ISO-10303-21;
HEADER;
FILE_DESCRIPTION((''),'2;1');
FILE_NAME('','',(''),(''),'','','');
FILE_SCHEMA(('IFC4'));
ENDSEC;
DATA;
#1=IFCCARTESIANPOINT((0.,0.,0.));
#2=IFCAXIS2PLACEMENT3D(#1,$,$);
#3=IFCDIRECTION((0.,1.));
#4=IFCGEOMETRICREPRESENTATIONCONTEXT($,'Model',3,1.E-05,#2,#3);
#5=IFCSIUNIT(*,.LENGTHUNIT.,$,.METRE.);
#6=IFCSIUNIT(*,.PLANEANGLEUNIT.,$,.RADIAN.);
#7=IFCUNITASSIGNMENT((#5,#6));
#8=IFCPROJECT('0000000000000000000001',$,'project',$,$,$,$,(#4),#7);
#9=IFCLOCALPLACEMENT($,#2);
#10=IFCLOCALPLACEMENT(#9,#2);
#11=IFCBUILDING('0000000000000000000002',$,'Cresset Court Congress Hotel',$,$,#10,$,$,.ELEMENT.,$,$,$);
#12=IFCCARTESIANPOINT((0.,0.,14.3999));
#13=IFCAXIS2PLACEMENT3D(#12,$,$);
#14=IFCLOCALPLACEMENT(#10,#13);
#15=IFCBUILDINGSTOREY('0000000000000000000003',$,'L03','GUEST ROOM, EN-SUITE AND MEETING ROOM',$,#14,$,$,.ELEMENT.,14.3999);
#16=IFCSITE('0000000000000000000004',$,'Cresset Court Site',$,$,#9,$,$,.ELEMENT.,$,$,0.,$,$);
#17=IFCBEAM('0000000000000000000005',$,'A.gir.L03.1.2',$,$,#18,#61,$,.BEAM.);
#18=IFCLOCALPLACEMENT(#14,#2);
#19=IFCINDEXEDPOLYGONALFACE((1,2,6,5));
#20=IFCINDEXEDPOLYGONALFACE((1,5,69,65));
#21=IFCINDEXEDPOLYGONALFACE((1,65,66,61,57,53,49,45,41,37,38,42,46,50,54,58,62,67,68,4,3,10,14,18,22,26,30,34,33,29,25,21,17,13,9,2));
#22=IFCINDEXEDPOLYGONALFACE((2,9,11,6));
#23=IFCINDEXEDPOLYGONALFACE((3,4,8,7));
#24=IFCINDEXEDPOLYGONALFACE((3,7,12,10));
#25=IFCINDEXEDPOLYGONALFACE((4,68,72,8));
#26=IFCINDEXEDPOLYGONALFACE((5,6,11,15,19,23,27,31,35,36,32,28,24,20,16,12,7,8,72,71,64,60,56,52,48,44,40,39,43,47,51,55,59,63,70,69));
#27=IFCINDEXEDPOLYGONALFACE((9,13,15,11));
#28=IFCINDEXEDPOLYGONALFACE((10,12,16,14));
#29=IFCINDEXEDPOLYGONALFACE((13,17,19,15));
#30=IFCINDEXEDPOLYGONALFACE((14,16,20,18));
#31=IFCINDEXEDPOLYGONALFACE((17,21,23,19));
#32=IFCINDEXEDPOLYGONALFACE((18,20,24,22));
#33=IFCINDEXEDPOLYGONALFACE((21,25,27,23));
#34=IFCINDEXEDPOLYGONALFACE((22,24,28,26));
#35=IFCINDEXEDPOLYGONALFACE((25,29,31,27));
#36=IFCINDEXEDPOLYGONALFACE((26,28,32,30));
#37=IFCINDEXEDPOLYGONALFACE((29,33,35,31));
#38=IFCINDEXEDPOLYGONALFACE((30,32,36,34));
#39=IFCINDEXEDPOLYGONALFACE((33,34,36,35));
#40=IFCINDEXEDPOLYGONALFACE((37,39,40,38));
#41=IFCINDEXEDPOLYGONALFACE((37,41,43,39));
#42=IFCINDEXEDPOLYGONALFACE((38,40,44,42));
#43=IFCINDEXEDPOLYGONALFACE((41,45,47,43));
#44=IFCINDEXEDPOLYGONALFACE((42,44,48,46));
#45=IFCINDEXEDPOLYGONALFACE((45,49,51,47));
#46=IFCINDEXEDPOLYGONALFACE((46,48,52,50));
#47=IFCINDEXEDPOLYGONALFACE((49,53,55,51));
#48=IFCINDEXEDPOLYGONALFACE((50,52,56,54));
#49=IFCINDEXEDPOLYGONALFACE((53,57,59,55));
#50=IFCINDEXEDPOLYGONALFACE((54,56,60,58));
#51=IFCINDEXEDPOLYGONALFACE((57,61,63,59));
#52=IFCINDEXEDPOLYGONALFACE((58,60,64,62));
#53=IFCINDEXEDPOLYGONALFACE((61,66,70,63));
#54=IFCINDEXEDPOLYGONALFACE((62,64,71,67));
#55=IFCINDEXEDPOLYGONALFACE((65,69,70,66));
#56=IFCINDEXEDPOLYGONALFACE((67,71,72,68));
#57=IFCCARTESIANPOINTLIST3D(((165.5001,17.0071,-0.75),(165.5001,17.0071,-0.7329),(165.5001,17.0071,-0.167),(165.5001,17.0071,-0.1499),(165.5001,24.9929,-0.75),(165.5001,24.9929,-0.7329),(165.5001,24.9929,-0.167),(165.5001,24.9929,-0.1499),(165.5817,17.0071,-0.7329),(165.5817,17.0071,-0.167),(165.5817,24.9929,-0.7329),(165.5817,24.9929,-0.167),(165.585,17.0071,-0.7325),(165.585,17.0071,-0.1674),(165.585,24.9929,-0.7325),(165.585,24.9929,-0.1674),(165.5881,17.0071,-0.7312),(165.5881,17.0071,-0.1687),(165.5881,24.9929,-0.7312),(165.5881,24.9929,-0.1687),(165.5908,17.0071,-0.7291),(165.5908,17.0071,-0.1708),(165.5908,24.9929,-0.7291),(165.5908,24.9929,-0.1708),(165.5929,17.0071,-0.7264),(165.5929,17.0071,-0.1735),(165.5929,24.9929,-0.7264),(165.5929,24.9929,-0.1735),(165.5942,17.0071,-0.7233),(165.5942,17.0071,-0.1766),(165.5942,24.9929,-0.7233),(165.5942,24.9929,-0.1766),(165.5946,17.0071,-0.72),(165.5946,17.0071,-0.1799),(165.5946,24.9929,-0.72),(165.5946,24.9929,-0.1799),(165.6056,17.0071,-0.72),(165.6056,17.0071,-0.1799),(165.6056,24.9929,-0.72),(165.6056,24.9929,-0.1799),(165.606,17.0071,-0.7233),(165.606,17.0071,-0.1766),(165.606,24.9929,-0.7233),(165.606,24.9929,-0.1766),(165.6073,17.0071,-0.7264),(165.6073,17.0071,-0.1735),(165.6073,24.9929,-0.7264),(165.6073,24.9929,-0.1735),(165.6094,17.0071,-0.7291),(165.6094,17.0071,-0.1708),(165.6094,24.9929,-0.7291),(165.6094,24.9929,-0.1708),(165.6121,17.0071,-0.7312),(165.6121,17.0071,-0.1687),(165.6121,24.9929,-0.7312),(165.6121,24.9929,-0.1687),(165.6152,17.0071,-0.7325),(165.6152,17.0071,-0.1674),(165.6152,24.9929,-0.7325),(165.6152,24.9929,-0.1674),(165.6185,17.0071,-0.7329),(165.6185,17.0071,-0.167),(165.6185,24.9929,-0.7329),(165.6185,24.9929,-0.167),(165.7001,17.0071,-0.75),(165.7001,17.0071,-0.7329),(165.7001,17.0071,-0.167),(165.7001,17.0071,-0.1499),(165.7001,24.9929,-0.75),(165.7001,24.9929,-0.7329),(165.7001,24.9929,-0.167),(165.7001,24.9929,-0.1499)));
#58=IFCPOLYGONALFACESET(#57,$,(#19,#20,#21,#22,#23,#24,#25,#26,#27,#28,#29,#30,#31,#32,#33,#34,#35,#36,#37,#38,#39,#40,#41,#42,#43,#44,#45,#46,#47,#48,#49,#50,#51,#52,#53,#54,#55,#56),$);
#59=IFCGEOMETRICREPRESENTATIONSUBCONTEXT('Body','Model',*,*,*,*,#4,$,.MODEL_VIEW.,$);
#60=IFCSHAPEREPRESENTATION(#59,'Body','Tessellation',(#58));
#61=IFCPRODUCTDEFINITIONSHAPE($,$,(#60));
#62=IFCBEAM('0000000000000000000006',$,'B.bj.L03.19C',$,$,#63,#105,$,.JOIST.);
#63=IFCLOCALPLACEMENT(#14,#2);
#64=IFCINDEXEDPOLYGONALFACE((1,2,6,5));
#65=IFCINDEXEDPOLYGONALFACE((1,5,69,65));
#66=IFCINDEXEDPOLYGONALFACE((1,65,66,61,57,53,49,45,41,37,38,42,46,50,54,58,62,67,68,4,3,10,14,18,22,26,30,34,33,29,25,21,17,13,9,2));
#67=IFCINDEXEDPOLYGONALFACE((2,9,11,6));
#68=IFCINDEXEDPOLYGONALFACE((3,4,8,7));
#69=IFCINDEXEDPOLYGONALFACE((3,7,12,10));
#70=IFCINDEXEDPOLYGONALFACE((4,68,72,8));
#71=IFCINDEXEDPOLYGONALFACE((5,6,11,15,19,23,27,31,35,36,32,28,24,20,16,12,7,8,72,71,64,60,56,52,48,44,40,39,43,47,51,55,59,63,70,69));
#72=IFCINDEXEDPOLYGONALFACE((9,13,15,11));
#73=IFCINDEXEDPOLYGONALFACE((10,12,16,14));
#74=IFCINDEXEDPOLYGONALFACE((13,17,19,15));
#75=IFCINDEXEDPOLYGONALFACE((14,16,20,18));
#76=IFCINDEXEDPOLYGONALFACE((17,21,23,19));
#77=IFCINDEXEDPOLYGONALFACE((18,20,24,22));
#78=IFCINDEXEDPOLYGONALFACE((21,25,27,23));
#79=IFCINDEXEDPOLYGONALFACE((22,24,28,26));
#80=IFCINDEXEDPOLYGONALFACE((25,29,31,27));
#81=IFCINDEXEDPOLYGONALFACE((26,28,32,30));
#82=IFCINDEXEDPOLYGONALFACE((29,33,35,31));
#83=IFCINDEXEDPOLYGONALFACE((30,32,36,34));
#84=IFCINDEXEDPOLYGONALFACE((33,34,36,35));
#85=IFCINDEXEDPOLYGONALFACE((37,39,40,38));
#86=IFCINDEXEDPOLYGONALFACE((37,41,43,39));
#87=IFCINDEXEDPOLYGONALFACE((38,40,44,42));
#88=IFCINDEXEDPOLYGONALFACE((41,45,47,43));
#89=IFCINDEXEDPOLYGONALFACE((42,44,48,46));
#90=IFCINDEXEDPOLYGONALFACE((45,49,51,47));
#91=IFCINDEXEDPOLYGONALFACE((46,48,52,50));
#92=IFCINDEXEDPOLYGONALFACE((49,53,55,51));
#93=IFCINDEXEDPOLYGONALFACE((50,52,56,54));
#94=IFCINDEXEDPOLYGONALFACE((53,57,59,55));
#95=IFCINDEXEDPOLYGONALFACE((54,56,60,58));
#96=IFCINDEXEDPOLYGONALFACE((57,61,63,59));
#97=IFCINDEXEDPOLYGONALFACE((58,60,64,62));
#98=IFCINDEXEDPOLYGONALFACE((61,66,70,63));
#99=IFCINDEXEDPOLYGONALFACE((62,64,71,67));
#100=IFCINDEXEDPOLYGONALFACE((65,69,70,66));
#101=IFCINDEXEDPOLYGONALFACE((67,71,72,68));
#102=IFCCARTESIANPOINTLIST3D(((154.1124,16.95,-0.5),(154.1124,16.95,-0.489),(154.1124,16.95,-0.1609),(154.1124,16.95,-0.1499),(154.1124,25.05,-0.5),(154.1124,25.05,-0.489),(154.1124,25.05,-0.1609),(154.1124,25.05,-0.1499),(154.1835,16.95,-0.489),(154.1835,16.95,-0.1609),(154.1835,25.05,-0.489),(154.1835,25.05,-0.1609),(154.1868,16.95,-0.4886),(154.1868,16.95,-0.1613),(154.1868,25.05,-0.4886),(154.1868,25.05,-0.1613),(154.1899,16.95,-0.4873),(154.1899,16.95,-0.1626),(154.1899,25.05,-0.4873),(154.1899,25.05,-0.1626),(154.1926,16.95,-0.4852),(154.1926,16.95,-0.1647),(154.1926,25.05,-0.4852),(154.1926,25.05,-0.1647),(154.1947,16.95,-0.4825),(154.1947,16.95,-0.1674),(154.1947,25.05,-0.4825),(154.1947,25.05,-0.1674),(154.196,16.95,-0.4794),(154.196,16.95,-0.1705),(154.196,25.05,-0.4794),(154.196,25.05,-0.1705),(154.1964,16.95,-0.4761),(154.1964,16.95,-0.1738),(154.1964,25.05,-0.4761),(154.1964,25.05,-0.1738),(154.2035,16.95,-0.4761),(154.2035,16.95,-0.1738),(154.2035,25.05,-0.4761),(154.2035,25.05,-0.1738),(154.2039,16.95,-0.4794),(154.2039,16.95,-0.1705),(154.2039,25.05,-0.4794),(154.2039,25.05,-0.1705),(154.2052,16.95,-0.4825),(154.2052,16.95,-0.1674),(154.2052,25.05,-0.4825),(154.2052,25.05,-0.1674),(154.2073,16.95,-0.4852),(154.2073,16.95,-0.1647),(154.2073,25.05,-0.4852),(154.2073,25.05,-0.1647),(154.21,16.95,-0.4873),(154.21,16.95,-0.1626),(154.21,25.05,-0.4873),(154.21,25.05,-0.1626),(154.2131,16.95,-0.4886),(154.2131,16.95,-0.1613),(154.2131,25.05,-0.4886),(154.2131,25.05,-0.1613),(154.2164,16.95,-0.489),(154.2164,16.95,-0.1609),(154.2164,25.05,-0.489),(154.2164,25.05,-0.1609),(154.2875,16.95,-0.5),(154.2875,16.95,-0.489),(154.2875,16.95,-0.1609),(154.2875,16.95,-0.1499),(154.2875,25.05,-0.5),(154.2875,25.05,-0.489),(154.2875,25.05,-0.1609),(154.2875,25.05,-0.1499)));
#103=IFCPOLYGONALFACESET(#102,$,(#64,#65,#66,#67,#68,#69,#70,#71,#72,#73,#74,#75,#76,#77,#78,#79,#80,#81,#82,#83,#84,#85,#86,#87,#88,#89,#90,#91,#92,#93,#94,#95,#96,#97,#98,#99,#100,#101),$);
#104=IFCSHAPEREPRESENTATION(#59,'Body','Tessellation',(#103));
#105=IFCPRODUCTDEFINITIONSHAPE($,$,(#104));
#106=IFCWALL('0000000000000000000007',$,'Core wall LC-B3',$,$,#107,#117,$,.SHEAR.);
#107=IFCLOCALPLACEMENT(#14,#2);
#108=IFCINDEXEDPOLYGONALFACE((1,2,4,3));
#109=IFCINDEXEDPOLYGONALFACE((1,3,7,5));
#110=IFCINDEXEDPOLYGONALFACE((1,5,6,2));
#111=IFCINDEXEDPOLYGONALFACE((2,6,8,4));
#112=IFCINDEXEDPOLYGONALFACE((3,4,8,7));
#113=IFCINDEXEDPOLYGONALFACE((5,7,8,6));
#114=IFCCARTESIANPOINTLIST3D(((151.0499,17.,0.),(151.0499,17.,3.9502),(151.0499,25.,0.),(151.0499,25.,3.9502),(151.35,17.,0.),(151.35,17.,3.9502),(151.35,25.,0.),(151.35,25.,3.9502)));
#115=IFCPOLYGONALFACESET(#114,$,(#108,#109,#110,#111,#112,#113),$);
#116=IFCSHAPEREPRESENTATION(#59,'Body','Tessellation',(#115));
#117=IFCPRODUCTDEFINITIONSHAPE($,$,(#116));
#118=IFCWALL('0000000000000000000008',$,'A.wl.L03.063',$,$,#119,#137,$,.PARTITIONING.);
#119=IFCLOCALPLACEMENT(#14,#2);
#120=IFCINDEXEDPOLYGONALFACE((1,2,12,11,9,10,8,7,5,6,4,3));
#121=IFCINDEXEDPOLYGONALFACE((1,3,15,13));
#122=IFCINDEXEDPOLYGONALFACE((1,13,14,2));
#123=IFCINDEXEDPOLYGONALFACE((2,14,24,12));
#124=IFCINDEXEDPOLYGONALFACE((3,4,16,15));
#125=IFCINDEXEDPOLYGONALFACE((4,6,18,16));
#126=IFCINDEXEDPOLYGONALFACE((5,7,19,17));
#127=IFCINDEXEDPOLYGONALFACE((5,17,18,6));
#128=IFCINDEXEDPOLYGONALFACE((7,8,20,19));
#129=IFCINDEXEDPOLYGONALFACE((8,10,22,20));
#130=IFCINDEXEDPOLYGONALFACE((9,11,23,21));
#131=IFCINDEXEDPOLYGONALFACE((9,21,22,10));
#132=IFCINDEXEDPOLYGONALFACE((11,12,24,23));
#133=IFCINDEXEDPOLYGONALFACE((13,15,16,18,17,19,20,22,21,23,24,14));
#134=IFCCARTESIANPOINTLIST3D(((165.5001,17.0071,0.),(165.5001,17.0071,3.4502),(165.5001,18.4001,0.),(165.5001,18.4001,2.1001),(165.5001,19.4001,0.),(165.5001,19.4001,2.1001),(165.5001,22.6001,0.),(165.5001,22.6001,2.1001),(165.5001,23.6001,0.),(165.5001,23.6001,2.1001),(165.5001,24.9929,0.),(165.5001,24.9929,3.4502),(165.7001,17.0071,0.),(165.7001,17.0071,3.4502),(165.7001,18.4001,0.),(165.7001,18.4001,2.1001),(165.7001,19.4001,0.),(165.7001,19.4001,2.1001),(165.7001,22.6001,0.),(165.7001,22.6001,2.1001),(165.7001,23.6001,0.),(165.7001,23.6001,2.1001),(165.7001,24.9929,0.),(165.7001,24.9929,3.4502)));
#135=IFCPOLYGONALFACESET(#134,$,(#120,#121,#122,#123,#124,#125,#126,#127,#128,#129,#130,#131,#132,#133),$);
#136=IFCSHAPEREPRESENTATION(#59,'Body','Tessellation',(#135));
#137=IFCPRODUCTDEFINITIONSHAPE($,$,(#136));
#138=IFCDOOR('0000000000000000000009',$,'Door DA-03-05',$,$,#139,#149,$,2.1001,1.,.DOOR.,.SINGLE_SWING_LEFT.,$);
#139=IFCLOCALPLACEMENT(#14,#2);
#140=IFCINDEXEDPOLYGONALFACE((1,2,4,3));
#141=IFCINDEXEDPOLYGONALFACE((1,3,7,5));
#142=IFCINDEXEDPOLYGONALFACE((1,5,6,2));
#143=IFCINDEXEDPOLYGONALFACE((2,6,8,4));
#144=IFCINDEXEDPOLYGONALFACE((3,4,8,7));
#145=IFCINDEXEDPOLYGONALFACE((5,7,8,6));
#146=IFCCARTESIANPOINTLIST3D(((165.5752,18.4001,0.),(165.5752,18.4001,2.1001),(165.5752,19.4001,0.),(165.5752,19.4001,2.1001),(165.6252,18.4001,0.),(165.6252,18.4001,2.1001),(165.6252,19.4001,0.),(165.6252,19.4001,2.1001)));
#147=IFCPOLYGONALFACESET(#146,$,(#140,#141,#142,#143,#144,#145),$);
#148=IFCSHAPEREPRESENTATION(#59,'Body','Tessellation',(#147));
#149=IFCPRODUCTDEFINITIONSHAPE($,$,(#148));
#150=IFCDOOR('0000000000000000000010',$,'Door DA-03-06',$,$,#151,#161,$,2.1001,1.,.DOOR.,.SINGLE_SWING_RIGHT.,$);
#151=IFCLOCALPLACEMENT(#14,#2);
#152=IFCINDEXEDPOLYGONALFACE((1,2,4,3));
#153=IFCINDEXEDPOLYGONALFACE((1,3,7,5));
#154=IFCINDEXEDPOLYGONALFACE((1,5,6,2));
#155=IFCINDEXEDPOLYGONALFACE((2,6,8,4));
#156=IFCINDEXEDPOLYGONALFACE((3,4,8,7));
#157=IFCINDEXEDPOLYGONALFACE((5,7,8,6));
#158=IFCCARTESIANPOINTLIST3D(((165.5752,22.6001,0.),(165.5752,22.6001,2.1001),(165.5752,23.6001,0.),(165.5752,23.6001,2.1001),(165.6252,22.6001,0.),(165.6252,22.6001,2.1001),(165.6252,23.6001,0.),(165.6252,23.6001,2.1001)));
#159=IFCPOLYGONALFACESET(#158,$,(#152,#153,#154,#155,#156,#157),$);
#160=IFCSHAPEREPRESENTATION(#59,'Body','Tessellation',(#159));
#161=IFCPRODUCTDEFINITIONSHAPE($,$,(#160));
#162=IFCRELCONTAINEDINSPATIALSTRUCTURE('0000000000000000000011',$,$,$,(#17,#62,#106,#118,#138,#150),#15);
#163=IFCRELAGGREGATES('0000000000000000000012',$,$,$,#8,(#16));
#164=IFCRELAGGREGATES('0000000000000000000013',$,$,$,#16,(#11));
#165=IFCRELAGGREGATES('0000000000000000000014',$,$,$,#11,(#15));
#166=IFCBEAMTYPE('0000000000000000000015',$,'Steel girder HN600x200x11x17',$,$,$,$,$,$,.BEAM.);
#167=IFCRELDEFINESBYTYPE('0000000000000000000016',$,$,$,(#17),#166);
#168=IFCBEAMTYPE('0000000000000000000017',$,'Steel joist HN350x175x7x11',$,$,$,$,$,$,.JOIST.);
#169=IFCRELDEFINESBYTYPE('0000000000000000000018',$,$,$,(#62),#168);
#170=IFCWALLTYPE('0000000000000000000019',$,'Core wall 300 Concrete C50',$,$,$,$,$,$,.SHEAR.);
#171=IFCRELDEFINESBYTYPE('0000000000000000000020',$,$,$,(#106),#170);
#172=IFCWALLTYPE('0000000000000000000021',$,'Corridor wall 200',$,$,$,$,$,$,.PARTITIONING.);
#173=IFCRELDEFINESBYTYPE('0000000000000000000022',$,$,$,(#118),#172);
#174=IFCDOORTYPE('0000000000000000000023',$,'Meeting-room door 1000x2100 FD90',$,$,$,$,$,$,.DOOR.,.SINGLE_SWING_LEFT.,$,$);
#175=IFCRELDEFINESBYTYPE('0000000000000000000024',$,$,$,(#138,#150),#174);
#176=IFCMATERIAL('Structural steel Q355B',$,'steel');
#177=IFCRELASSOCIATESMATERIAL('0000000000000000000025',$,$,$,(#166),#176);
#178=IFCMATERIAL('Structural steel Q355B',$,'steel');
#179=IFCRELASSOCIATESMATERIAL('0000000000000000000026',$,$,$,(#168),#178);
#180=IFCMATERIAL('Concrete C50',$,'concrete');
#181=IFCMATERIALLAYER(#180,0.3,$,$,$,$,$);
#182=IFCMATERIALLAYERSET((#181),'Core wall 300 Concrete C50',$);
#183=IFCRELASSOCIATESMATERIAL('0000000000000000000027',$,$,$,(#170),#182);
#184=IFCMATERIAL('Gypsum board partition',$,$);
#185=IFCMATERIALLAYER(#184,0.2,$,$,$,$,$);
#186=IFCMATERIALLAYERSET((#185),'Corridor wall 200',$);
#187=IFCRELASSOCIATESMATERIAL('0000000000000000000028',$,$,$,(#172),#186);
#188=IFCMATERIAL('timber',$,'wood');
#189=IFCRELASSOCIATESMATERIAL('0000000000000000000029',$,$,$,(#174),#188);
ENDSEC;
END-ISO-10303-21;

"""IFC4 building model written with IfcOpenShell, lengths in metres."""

from ifc_helpers import new_model, si_unit, direction, frame, frame_2d, origin, origin_2d, place, context, subcontext, project, spatial, rectangle, i_section, extrude, material, layer, layer_set, material_profile, profile_set, type_object, element, fill, save


model = new_model("IFC4")

# Units and contexts
model_context = context("Model", 3, precision=1e-05, world=origin(), true_north=direction((0.0, 1.0)))
body_context = subcontext(model_context, "Body", "Model", "MODEL_VIEW")
ifc_project = project(units=[si_unit("LENGTHUNIT", "METRE"), si_unit("PLANEANGLEUNIT", "RADIAN")], contexts=[model_context])

# Site, building, storey
site_placement = place(None, origin())
site = spatial("IfcSite", under=ifc_project, at=site_placement, Name="Cresset Court Site", CompositionType="ELEMENT", RefElevation=0.0)
building_placement = place(site_placement, origin())
building = spatial("IfcBuilding", under=site, at=building_placement, Name="Cresset Court Congress Hotel", CompositionType="ELEMENT")
storey_placement = place(building_placement, frame((0.0, 0.0, 14.3999)))
storey = spatial("IfcBuildingStorey", under=building, at=storey_placement, Name="L03", Description="GUEST ROOM, EN-SUITE AND MEETING ROOM", CompositionType="ELEMENT", Elevation=14.3999)

# Beams
ifc_material_1 = material(Name="Structural steel Q355B", Category="steel")
ifc_material_profile_1 = material_profile(ifc_material_1, i_section(OverallWidth=0.2, OverallDepth=0.6001, WebThickness=0.011, FlangeThickness=0.0171, FilletRadius=0.0129, at=origin_2d()), Name="HN600x200x11x17")
ifc_profile_set_1 = profile_set([ifc_material_profile_1], Name="Structural steel Q355B")
beam_type_1 = type_object("IfcBeamType", Name="Steel girder HN600x200x11x17", PredefinedType="BEAM", material=ifc_profile_set_1)
beam_1_placement = place(storey_placement, frame((165.6001, 17.0071, -0.45), z_axis=(0.0, 1.0, 0.0), x_axis=(-1.0, 0.0, 0.0)))
element("IfcBeam", 1, at=beam_1_placement, inside=storey, type_object=beam_type_1, Name="A.gir.L03.1.2", PredefinedType="BEAM", context=body_context, shape_type="SweptSolid", body=[
    extrude(i_section(OverallWidth=0.2, OverallDepth=0.6001, WebThickness=0.011, FlangeThickness=0.0171, FilletRadius=0.0129, at=origin_2d()), origin(), (0.0, 0.0, 1.0), 7.9858),
])
ifc_material_2 = material(Name="Structural steel Q355B", Category="steel")
ifc_material_profile_2 = material_profile(ifc_material_2, i_section(OverallWidth=0.175, OverallDepth=0.3501, WebThickness=0.0071, FlangeThickness=0.011, FilletRadius=0.0129, at=origin_2d()), Name="HN350x175x7x11")
ifc_profile_set_2 = profile_set([ifc_material_profile_2], Name="Structural steel Q355B")
beam_type_2 = type_object("IfcBeamType", Name="Steel joist HN350x175x7x11", PredefinedType="JOIST", material=ifc_profile_set_2)
beam_2_placement = place(storey_placement, frame((154.2, 16.95, -0.325), z_axis=(0.0, 1.0, 0.0), x_axis=(-1.0, 0.0, 0.0)))
element("IfcBeam", 2, at=beam_2_placement, inside=storey, type_object=beam_type_2, Name="B.bj.L03.19C", PredefinedType="JOIST", context=body_context, shape_type="SweptSolid", body=[
    extrude(i_section(OverallWidth=0.175, OverallDepth=0.3501, WebThickness=0.0071, FlangeThickness=0.011, FilletRadius=0.0129, at=origin_2d()), origin(), (0.0, 0.0, 1.0), 8.1001),
])

# Wall
ifc_material_3 = material(Name="Concrete C50", Category="concrete")
ifc_layer_1 = layer(ifc_material_3, 0.3)
ifc_layer_set_1 = layer_set([ifc_layer_1], Name="Core wall 300 Concrete C50")
wall_type_1 = type_object("IfcWallType", Name="Core wall 300 Concrete C50", PredefinedType="SHEAR", material=ifc_layer_set_1)
wall_1_placement = place(storey_placement, frame((151.2, 17.0, 0.0), z_axis=(0.0, 0.0, 1.0), x_axis=(0.0, 1.0, 0.0)))
element("IfcWall", 3, at=wall_1_placement, inside=storey, type_object=wall_type_1, Name="Core wall LC-B3", PredefinedType="SHEAR", context=body_context, shape_type="SweptSolid", body=[
    extrude(rectangle(XDim=8.0, YDim=0.3, at=frame_2d((4.0, 0.0))), origin(), (0.0, 0.0, 1.0), 3.9502),
])

# Wall, openings, doors
ifc_material_4 = material(Name="Gypsum board partition")
ifc_layer_2 = layer(ifc_material_4, 0.2)
ifc_layer_set_2 = layer_set([ifc_layer_2], Name="Corridor wall 200")
wall_type_2 = type_object("IfcWallType", Name="Corridor wall 200", PredefinedType="PARTITIONING", material=ifc_layer_set_2)
ifc_material_5 = material(Name="timber", Category="wood")
door_type_1 = type_object("IfcDoorType", Name="Meeting-room door 1000x2100 FD90", OperationType="SINGLE_SWING_LEFT", PredefinedType="DOOR", material=ifc_material_5)
wall_2_placement = place(storey_placement, frame((165.6001, 17.0071, 0.0), z_axis=(0.0, 0.0, 1.0), x_axis=(0.0, 1.0, 0.0)))
wall_2 = element("IfcWall", 4, at=wall_2_placement, inside=storey, type_object=wall_type_2, Name="A.wl.L03.063", PredefinedType="PARTITIONING", context=body_context, shape_type="SweptSolid", body=[
    extrude(rectangle(XDim=7.9858, YDim=0.2, at=frame_2d((3.9929, 0.0))), origin(), (0.0, 0.0, 1.0), 3.4502),
])
opening_1_placement = place(wall_2_placement, frame((1.3931, 0.0, 0.0)))
opening_1 = element("IfcOpeningElement", 5, at=opening_1_placement, cuts=wall_2, PredefinedType="OPENING", context=body_context, shape_type="SweptSolid", body=[
    extrude(rectangle(XDim=1.0, YDim=2.1001, at=frame_2d((0.5, 1.05))), frame((0.0, 0.1099, 0.0), z_axis=(0.0, -1.0, 0.0), x_axis=(1.0, 0.0, 0.0)), (0.0, 0.0, 1.0), 0.22),
])
opening_2_placement = place(wall_2_placement, frame((5.593, 0.0, 0.0)))
opening_2 = element("IfcOpeningElement", 6, at=opening_2_placement, cuts=wall_2, PredefinedType="OPENING", context=body_context, shape_type="SweptSolid", body=[
    extrude(rectangle(XDim=1.0, YDim=2.1001, at=frame_2d((0.5, 1.05))), frame((0.0, 0.1099, 0.0), z_axis=(0.0, -1.0, 0.0), x_axis=(1.0, 0.0, 0.0)), (0.0, 0.0, 1.0), 0.22),
])
door_1_placement = place(opening_1_placement, origin())
door_1 = element("IfcDoor", 7, at=door_1_placement, inside=storey, type_object=door_type_1, Name="Door DA-03-05", OperationType="SINGLE_SWING_LEFT", OverallHeight=2.1001, OverallWidth=1.0, PredefinedType="DOOR", context=body_context, shape_type="SweptSolid", body=[
    extrude(rectangle(XDim=1.0, YDim=2.1001, at=frame_2d((0.5, 1.05))), frame((0.0, 0.0249, 0.0), z_axis=(0.0, -1.0, 0.0), x_axis=(1.0, 0.0, 0.0)), (0.0, 0.0, 1.0), 0.05),
])
fill(opening_1, door_1)
door_2_placement = place(opening_2_placement, origin())
door_2 = element("IfcDoor", 8, at=door_2_placement, inside=storey, type_object=door_type_1, Name="Door DA-03-06", OperationType="SINGLE_SWING_RIGHT", OverallHeight=2.1001, OverallWidth=1.0, PredefinedType="DOOR", context=body_context, shape_type="SweptSolid", body=[
    extrude(rectangle(XDim=1.0, YDim=2.1001, at=frame_2d((0.5, 1.05))), frame((0.0, 0.0249, 0.0), z_axis=(0.0, -1.0, 0.0), x_axis=(1.0, 0.0, 0.0)), (0.0, 0.0, 1.0), 0.05),
])
fill(opening_2, door_2)

save(model, "model.ifc")
